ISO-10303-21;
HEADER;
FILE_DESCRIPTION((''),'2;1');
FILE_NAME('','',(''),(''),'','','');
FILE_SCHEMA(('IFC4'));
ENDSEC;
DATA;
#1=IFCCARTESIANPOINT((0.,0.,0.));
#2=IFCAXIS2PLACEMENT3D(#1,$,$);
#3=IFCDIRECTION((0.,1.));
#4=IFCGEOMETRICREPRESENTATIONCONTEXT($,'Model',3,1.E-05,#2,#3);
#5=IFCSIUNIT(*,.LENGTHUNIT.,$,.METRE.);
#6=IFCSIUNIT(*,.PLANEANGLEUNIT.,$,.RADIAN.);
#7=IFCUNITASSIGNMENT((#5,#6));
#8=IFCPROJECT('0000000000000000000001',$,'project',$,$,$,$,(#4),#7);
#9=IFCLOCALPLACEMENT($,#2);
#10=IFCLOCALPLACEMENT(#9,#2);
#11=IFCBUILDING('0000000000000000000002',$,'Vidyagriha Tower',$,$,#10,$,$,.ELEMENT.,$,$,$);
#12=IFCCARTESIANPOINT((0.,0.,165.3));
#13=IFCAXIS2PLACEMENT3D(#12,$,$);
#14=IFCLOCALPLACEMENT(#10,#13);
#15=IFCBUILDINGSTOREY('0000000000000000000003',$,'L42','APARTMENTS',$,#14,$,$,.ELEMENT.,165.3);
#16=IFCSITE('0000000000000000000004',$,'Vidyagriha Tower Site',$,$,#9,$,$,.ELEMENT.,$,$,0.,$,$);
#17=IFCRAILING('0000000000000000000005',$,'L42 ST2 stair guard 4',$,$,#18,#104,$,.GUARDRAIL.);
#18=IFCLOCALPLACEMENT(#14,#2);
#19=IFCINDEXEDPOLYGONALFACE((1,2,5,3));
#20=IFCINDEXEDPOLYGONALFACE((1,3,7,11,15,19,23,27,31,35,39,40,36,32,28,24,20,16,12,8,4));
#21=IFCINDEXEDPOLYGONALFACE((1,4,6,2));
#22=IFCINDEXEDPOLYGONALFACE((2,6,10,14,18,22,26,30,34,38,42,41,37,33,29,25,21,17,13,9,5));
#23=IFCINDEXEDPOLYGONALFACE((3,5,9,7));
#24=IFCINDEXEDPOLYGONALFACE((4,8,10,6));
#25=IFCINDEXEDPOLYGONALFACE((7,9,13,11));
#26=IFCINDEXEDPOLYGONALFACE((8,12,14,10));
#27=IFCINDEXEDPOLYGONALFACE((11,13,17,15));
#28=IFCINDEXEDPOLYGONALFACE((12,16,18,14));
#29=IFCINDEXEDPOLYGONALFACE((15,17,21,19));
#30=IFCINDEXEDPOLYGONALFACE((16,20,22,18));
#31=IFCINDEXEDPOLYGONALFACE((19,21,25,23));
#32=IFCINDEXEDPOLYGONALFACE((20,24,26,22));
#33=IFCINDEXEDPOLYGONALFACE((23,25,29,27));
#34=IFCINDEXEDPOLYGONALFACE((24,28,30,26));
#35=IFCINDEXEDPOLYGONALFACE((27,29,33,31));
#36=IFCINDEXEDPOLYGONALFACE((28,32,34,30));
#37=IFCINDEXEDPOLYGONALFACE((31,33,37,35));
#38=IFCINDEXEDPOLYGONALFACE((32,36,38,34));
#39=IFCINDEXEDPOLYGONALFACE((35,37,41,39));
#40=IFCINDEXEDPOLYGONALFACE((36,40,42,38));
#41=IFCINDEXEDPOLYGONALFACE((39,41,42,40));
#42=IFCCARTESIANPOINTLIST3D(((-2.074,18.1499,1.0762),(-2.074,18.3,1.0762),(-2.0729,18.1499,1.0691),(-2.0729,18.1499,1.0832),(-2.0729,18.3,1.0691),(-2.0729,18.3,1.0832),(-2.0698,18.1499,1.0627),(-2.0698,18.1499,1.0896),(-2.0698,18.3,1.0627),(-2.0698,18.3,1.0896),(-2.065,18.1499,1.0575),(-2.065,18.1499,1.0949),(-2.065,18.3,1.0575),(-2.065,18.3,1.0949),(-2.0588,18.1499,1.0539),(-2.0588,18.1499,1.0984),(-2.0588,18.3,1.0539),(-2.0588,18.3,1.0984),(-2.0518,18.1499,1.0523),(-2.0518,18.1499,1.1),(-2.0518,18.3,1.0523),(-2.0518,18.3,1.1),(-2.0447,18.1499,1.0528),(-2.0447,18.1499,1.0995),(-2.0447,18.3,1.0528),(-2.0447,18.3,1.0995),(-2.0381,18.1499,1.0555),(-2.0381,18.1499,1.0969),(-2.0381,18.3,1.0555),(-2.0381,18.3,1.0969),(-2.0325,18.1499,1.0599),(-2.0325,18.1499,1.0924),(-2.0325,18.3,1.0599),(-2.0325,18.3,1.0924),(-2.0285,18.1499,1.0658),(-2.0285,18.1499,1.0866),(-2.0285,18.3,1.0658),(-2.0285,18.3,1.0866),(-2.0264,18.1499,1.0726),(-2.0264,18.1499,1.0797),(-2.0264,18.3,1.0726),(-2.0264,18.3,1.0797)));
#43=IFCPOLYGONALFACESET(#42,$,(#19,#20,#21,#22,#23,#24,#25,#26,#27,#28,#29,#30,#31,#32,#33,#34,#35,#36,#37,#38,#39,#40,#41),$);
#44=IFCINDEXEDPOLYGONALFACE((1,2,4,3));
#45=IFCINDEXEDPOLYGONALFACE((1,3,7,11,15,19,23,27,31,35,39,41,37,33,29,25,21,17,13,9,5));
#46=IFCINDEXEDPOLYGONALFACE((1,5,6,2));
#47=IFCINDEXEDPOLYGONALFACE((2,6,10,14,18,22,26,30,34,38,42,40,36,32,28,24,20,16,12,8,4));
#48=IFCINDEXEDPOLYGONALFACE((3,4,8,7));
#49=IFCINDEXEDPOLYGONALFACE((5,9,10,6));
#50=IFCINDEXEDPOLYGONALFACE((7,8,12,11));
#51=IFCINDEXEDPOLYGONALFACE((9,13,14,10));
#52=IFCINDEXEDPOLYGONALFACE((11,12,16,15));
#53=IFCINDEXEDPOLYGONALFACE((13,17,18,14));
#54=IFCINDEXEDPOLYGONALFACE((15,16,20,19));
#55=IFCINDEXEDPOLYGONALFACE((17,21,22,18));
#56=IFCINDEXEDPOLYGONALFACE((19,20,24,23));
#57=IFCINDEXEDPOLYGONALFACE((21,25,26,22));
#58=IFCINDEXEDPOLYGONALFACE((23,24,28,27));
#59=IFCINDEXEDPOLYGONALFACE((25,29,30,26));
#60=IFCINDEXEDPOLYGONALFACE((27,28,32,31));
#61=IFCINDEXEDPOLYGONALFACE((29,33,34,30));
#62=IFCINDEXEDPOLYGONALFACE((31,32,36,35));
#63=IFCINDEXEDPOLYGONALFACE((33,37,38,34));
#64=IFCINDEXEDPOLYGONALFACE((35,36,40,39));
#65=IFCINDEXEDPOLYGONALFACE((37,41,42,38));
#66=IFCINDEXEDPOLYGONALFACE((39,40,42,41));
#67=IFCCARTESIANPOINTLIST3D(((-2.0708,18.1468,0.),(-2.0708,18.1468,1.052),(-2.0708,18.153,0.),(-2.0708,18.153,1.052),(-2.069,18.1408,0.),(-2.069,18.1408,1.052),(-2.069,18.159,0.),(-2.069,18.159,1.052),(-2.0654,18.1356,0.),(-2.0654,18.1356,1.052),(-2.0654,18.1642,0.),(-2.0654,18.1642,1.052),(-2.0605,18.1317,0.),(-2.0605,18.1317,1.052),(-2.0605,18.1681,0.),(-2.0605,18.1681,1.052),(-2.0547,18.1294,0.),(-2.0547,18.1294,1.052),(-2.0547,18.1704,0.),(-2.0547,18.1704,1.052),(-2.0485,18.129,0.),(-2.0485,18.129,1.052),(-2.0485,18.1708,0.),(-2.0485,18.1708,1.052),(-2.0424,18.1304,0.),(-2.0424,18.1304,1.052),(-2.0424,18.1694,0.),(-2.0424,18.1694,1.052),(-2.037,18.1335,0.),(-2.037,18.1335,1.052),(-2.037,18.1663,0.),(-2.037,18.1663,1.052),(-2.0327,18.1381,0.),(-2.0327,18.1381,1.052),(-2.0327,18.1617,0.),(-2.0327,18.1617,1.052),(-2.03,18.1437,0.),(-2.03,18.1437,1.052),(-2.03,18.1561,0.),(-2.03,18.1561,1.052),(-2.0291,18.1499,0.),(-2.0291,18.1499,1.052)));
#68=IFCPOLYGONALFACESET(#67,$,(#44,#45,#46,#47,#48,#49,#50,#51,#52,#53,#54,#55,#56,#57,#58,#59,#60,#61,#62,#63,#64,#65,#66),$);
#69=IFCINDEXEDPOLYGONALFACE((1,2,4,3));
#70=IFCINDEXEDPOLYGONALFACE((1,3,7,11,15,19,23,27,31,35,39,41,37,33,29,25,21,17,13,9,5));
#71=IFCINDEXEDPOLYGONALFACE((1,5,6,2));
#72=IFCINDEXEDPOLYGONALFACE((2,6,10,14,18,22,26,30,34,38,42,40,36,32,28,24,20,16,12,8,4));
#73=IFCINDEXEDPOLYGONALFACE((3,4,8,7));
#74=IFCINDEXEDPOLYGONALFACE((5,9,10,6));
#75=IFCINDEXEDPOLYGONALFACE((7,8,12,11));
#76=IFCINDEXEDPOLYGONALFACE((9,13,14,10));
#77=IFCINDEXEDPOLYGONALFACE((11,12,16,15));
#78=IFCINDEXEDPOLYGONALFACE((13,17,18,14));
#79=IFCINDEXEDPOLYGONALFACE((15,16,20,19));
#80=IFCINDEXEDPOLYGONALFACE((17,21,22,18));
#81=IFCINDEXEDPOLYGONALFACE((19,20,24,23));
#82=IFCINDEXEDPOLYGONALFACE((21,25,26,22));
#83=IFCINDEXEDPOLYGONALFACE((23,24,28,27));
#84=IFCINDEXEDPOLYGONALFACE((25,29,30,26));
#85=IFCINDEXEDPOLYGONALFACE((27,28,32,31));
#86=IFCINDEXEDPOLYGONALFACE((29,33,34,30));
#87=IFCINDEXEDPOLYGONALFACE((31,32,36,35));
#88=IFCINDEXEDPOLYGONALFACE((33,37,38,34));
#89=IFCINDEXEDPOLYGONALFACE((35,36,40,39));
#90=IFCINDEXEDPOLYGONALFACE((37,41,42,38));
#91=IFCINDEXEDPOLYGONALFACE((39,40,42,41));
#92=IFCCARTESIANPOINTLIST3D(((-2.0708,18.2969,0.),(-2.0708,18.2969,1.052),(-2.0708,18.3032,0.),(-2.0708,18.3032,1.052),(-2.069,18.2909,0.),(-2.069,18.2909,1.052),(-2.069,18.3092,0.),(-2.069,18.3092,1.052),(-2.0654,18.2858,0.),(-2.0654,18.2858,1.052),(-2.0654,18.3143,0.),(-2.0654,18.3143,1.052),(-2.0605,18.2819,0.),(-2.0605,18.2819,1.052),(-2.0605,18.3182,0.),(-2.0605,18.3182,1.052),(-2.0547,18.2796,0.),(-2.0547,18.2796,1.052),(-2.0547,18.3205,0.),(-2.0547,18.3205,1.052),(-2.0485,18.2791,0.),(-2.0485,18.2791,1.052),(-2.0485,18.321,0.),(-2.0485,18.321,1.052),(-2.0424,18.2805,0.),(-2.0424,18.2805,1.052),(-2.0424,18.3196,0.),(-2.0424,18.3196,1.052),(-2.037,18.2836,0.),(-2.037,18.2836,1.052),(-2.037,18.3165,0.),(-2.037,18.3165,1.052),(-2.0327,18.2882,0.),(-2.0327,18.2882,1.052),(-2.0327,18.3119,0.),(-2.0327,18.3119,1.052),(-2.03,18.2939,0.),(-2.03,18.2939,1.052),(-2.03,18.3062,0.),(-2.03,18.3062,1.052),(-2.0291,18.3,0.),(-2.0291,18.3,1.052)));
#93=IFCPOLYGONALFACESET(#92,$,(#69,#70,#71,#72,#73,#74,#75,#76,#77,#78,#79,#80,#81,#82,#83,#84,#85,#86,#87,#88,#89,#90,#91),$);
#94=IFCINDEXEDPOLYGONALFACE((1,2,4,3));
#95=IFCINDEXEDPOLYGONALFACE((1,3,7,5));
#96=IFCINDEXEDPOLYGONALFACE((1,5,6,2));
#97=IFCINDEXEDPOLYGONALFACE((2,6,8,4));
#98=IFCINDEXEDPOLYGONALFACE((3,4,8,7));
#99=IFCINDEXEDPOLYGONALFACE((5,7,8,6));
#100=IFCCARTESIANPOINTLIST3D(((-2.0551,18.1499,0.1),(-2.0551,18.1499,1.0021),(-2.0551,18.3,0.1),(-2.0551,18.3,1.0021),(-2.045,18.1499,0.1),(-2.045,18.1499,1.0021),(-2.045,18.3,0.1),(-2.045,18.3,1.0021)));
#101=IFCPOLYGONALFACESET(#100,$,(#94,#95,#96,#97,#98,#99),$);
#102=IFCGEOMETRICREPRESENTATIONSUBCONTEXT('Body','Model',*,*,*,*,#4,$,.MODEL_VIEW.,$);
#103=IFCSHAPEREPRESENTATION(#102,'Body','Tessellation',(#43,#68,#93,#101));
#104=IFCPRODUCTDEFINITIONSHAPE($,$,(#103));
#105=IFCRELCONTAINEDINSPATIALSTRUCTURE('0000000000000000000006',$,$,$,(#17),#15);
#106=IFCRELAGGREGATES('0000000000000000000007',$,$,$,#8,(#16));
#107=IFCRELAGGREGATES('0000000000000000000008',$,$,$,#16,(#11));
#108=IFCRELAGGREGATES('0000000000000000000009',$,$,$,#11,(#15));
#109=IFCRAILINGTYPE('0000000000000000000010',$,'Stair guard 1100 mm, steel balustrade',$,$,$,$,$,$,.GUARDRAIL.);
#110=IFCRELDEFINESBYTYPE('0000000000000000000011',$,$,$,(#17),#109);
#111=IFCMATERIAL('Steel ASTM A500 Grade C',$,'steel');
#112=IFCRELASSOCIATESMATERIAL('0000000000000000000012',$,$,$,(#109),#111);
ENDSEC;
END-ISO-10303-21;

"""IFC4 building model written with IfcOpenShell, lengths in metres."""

from ifc_helpers import new_model, si_unit, direction, frame, origin, origin_2d, place, context, subcontext, project, spatial, rectangle, circle, extrude, material, type_object, element, save


model = new_model("IFC4")

# Units and contexts
model_context = context("Model", 3, precision=1e-05, world=origin(), true_north=direction((0.0, 1.0)))
body_context = subcontext(model_context, "Body", "Model", "MODEL_VIEW")
ifc_project = project(units=[si_unit("LENGTHUNIT", "METRE"), si_unit("PLANEANGLEUNIT", "RADIAN")], contexts=[model_context])

# Site, building, storey
site_placement = place(None, origin())
site = spatial("IfcSite", under=ifc_project, at=site_placement, Name="Vidyagriha Tower Site", CompositionType="ELEMENT", RefElevation=0.0)
building_placement = place(site_placement, origin())
building = spatial("IfcBuilding", under=site, at=building_placement, Name="Vidyagriha Tower", CompositionType="ELEMENT")
storey_placement = place(building_placement, frame((0.0, 0.0, 165.3)))
storey = spatial("IfcBuildingStorey", under=building, at=storey_placement, Name="L42", Description="APARTMENTS", CompositionType="ELEMENT", Elevation=165.3)

# Railing
ifc_material_1 = material(Name="Steel ASTM A500 Grade C", Category="steel")
railing_type_1 = type_object("IfcRailingType", Name="Stair guard 1100 mm, steel balustrade", PredefinedType="GUARDRAIL", material=ifc_material_1)
railing_1_placement = place(storey_placement, frame((-2.05, 18.1499, 0.0)))
element("IfcRailing", 1, at=railing_1_placement, inside=storey, type_object=railing_type_1, Name="L42 ST2 stair guard 4", PredefinedType="GUARDRAIL", context=body_context, shape_type="SweptSolid", body=[
    extrude(circle(Radius=0.0239, at=origin_2d()), frame((0.0, 0.0, 1.0762), z_axis=(0.0, 1.0, 0.0), x_axis=(-1.0, 0.0, 0.0)), (0.0, 0.0, 1.0), 0.1501),
    extrude(circle(Radius=0.021, at=origin_2d()), origin(), (0.0, 0.0, 1.0), 1.052),
    extrude(circle(Radius=0.021, at=origin_2d()), frame((0.0, 0.1501, 0.0)), (0.0, 0.0, 1.0), 1.052),
    extrude(rectangle(XDim=0.01, YDim=0.9021, at=origin_2d()), frame((0.0, 0.0, 0.551), z_axis=(0.0, 1.0, 0.0), x_axis=(-1.0, 0.0, 0.0)), (0.0, 0.0, 1.0), 0.1501),
])

save(model, "model.ifc")
